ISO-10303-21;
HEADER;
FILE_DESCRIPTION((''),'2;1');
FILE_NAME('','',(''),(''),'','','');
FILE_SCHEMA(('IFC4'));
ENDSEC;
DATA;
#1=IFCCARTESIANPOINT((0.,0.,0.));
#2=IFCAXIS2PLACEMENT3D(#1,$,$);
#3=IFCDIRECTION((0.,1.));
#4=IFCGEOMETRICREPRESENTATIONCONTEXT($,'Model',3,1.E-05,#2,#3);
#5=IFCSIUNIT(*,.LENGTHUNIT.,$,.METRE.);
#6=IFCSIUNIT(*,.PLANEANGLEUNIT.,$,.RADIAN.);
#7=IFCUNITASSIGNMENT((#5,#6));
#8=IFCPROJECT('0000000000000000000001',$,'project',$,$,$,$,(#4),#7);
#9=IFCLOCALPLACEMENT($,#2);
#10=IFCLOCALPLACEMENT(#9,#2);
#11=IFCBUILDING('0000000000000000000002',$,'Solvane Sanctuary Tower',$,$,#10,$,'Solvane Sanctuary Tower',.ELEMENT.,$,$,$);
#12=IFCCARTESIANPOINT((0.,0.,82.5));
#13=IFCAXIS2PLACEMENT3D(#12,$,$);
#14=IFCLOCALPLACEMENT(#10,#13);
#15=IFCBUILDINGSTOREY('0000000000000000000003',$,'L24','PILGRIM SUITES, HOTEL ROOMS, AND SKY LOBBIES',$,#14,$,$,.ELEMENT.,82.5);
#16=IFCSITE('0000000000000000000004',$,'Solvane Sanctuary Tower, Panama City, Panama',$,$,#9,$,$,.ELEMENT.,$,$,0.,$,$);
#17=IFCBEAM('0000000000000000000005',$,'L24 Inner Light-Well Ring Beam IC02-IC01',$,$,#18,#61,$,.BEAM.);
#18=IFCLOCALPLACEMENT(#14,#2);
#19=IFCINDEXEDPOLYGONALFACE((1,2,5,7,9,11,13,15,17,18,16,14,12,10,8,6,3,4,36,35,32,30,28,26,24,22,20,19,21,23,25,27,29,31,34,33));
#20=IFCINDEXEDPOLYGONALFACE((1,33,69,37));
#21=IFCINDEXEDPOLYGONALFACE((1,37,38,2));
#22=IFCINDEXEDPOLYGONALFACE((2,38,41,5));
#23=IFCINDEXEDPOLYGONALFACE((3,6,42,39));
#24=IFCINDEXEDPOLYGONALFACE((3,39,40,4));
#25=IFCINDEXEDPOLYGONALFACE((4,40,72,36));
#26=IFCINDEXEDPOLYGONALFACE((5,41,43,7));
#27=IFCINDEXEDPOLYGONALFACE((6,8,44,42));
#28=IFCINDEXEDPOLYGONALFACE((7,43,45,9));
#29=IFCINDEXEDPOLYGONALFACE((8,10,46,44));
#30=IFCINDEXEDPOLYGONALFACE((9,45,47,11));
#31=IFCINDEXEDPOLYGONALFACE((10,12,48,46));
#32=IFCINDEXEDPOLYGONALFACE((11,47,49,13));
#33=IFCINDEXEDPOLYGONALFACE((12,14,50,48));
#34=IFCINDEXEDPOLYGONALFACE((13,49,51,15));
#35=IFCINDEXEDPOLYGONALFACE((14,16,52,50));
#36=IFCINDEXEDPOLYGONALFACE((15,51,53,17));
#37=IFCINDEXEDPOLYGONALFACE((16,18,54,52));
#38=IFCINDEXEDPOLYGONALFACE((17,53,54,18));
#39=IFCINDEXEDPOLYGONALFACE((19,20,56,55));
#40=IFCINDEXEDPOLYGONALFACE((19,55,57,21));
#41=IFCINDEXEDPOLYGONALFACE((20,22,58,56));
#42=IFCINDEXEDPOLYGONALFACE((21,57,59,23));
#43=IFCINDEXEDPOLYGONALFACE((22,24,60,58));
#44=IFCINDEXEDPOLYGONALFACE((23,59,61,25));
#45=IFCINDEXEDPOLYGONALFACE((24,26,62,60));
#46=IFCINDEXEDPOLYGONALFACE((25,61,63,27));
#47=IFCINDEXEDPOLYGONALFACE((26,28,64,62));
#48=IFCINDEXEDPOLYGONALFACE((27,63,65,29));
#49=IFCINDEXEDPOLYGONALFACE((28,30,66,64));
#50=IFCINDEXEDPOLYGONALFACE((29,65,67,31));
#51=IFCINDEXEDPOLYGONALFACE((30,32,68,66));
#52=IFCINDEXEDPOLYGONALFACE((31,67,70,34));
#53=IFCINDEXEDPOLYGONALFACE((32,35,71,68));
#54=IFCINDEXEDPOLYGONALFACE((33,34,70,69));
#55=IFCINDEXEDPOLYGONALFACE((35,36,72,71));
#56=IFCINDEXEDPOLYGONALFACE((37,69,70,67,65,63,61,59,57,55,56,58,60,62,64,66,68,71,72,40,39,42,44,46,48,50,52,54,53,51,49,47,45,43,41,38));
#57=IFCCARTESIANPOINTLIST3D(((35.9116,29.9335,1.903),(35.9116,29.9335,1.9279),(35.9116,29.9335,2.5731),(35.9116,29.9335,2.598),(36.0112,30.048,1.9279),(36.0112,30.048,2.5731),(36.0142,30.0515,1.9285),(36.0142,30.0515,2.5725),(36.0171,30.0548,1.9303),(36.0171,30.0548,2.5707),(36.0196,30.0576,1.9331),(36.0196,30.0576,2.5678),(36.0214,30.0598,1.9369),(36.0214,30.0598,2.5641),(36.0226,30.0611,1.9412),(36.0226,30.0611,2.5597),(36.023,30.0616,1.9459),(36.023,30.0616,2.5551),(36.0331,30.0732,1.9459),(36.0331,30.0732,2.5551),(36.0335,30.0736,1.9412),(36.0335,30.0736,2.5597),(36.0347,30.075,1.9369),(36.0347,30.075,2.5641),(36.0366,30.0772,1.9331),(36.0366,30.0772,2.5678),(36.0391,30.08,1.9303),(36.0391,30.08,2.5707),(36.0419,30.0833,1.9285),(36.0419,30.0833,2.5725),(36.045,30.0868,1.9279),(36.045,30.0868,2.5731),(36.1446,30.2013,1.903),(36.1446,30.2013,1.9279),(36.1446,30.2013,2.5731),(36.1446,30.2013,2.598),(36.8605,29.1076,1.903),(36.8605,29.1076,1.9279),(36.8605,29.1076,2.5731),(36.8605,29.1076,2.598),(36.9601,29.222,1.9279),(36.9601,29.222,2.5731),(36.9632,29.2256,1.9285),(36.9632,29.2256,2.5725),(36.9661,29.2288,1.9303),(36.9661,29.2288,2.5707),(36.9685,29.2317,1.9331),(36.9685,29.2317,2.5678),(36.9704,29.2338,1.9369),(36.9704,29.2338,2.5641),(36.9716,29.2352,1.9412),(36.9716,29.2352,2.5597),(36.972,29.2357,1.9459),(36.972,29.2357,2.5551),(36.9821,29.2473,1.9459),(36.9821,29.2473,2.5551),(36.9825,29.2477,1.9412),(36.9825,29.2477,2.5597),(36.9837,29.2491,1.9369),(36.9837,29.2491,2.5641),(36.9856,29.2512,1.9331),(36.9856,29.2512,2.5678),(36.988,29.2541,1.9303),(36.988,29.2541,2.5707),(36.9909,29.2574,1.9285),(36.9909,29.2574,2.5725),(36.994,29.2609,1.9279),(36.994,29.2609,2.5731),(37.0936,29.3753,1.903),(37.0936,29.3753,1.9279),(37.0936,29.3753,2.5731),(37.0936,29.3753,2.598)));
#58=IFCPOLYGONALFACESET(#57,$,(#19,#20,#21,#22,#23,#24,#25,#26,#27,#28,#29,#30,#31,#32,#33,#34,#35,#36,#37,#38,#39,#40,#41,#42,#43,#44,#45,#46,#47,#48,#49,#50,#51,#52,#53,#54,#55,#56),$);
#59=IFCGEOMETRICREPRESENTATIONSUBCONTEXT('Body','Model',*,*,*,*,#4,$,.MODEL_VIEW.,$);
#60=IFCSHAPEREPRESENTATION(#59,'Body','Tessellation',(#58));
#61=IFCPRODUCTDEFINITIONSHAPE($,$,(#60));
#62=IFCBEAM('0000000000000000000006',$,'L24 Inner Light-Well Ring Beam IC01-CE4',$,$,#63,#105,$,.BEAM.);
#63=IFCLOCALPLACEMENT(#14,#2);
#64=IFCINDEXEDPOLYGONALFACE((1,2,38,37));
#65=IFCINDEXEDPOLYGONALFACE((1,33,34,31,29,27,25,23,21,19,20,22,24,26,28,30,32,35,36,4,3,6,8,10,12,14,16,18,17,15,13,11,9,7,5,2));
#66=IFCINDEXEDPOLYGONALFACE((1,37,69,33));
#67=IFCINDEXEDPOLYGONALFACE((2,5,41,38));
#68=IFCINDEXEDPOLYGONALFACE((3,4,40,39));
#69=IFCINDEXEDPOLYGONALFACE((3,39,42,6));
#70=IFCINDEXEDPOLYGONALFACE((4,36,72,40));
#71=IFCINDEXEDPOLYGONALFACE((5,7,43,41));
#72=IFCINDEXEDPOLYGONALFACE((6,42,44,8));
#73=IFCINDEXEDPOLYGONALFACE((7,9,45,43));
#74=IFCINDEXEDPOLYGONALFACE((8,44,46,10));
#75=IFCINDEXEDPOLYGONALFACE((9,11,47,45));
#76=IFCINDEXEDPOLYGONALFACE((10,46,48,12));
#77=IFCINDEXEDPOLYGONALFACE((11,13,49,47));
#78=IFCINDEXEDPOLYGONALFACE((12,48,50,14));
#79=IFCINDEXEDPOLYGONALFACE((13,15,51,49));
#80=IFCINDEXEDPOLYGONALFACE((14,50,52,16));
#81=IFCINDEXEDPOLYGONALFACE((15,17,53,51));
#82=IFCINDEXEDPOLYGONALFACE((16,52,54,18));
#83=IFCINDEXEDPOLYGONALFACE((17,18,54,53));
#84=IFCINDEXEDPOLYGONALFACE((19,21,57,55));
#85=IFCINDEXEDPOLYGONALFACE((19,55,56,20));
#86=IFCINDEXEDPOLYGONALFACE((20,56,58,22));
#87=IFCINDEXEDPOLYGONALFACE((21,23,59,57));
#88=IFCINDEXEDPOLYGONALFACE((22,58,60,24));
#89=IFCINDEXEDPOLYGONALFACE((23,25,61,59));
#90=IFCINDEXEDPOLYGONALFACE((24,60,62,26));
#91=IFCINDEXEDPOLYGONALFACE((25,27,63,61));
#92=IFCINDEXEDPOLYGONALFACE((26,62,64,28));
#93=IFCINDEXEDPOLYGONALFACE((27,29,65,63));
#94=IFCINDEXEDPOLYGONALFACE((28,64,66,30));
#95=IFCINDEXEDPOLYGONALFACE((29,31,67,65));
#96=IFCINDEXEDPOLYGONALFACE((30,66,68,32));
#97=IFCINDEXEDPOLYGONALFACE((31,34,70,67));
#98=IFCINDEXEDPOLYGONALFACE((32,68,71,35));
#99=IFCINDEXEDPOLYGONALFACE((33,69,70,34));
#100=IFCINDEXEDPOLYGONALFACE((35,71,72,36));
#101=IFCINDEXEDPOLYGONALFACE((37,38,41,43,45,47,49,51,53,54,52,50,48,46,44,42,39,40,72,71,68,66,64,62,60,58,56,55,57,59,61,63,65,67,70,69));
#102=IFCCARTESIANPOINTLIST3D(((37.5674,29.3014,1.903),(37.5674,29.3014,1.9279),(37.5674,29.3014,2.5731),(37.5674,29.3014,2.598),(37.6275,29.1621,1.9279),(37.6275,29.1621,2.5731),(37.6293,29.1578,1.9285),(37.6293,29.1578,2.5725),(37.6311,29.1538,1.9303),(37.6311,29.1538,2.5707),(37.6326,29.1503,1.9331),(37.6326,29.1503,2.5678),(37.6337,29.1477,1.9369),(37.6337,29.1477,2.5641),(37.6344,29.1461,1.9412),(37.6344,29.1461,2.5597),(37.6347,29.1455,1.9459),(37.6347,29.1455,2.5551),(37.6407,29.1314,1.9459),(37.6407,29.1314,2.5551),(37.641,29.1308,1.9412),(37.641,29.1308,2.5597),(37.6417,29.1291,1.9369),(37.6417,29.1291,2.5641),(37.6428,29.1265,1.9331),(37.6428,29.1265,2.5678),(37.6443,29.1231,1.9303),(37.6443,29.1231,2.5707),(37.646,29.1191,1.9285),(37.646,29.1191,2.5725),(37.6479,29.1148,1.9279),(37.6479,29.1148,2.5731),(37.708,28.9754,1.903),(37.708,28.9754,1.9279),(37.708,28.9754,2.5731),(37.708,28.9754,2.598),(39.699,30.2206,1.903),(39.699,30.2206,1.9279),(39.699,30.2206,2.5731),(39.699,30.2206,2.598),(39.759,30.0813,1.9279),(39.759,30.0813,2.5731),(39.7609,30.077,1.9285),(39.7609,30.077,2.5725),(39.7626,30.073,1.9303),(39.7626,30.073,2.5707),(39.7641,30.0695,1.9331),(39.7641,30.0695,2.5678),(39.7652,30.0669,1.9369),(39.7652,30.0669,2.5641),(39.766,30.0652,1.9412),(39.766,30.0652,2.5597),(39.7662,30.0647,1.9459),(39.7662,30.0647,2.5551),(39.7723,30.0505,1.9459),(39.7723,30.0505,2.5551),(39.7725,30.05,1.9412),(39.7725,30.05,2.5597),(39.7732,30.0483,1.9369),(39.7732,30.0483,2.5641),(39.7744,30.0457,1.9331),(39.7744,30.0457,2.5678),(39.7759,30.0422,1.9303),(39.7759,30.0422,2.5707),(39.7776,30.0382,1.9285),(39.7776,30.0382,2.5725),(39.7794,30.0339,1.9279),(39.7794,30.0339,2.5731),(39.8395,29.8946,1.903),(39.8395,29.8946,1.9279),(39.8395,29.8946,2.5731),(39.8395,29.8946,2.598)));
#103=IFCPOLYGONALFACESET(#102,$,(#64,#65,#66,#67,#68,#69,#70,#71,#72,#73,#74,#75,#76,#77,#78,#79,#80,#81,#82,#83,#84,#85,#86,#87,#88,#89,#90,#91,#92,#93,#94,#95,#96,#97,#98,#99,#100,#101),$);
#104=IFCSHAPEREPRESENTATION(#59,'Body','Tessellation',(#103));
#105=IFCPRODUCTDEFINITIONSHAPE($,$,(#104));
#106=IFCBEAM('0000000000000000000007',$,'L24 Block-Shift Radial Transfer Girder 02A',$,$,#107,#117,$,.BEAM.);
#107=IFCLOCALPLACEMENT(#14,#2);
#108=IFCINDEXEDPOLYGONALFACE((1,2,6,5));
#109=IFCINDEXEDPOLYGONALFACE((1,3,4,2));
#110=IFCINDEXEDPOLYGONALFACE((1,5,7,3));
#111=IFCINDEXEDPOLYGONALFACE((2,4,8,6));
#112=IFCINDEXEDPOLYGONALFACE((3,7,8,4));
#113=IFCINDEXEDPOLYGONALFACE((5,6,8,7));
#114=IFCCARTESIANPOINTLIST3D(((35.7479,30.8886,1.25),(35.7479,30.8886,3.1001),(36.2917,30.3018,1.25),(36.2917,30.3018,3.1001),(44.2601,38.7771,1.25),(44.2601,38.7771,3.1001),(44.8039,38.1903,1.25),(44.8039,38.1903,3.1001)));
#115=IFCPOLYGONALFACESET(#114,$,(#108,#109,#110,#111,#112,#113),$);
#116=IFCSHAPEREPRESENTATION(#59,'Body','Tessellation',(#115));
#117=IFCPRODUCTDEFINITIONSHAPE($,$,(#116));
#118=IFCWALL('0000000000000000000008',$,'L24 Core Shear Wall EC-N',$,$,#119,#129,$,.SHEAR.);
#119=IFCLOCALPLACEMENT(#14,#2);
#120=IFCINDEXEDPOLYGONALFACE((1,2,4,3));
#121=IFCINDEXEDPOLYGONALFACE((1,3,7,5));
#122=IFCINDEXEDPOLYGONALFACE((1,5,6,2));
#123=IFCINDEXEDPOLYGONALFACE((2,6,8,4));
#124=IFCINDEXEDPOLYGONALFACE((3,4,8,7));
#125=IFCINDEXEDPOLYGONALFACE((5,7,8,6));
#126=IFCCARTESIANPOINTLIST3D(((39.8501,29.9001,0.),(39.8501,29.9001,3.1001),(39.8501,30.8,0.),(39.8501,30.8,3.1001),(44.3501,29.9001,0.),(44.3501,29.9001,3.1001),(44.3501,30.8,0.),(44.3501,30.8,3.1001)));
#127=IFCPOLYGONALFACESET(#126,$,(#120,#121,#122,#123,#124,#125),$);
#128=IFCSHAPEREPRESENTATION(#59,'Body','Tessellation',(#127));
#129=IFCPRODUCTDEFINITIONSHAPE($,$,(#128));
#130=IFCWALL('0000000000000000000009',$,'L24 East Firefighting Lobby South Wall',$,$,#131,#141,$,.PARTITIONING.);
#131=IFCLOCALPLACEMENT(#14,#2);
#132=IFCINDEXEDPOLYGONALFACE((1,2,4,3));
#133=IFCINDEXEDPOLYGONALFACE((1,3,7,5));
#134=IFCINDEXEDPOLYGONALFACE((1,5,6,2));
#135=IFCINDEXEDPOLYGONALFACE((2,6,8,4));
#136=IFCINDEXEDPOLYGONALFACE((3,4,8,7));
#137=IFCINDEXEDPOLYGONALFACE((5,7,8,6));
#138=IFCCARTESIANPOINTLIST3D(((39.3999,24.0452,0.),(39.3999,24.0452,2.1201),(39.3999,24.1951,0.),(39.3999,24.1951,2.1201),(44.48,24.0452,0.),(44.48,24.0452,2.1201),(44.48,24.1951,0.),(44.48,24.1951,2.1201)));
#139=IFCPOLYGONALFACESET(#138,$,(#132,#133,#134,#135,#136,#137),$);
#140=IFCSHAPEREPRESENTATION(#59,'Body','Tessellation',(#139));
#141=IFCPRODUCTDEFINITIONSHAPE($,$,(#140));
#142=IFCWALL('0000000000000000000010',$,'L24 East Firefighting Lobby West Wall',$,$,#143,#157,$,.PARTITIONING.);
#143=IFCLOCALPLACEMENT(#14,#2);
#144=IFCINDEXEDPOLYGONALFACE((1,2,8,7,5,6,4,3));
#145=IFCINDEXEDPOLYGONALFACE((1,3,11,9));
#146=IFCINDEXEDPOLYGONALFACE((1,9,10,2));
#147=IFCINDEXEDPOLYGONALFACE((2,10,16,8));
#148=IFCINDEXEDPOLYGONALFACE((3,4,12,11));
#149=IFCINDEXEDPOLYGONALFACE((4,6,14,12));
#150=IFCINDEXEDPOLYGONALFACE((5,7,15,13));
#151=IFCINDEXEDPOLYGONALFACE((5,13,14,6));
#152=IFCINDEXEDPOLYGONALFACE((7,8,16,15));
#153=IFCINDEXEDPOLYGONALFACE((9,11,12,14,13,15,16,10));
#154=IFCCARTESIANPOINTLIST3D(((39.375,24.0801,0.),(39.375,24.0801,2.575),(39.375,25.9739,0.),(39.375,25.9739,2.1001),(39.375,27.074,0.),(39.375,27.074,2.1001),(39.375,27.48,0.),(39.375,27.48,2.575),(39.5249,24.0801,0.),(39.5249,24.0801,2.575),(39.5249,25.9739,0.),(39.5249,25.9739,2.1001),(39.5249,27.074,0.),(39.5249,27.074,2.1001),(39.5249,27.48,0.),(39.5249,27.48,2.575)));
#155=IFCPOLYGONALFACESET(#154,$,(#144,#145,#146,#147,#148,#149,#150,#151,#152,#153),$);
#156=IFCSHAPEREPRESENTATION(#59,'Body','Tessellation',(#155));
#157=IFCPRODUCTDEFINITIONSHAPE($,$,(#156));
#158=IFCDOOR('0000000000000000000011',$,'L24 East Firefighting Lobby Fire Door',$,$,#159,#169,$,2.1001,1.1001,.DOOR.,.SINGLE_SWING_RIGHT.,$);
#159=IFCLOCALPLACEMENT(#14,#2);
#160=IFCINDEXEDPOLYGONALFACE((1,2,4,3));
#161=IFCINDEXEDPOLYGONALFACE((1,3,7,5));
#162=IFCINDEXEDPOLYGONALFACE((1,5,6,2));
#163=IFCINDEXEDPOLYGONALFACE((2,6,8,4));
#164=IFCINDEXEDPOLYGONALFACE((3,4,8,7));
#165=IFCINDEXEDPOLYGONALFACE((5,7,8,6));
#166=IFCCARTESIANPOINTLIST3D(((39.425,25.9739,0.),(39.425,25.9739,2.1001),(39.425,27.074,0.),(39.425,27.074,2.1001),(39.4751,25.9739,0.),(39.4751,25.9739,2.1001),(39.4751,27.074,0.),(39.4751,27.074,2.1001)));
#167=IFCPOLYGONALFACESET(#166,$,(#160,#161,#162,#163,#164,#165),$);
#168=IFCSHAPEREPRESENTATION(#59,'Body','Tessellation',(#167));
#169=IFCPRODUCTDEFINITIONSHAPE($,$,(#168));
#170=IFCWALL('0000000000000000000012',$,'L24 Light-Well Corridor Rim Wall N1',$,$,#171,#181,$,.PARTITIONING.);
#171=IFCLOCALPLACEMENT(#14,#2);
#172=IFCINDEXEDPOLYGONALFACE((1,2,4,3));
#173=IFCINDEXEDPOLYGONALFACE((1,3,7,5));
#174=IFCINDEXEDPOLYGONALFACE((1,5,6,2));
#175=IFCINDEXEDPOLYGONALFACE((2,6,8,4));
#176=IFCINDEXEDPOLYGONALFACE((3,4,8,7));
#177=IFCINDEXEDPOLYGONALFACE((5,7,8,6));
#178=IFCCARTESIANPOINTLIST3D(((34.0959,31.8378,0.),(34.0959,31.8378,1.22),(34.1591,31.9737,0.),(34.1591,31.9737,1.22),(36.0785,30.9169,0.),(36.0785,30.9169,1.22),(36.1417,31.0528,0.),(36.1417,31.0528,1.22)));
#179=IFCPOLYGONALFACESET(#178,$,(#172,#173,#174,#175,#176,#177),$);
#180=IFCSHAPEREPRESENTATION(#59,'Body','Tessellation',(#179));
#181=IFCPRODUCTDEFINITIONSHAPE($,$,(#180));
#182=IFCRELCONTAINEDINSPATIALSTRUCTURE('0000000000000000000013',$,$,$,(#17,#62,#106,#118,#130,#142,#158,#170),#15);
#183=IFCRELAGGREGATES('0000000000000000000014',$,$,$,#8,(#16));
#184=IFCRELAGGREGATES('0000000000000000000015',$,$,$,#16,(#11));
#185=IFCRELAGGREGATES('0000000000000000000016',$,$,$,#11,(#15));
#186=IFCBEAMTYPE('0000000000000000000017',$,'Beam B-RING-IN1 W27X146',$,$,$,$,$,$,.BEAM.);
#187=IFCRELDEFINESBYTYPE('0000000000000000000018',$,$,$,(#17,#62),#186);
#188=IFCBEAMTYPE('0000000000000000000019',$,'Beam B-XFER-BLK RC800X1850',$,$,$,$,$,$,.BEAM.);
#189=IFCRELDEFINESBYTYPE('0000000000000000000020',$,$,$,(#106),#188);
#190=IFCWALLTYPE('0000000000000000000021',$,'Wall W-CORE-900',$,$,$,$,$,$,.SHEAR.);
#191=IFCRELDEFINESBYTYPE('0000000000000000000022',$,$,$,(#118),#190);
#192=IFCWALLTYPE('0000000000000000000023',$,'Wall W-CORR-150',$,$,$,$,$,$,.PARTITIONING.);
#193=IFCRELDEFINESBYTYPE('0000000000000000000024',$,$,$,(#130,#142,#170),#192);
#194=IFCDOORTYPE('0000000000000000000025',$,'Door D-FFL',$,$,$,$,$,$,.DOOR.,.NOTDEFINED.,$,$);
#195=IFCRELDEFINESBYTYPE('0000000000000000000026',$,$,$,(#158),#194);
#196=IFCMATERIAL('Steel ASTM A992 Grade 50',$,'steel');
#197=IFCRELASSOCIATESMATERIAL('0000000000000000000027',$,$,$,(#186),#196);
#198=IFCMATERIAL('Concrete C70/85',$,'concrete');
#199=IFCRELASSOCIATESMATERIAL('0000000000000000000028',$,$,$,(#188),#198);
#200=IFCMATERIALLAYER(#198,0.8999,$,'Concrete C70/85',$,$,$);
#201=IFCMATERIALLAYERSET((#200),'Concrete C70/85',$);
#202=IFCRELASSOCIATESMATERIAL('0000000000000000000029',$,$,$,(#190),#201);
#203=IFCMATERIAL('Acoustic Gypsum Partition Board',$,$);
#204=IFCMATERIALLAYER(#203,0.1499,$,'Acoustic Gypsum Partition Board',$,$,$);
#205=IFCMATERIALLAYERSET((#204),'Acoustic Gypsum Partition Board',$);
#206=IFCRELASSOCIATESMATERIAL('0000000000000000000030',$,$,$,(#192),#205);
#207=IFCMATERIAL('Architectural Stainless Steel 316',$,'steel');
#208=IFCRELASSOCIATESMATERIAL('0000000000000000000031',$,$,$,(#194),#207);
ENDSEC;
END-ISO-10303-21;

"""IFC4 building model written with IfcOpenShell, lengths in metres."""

from ifc_helpers import new_model, si_unit, direction, frame, frame_2d, origin, origin_2d, place, context, subcontext, project, spatial, rectangle, i_section, extrude, material, layer, layer_set, material_profile, profile_set, type_object, element, fill, save


model = new_model("IFC4")

# Units and contexts
model_context = context("Model", 3, precision=1e-05, world=origin(), true_north=direction((0.0, 1.0)))
body_context = subcontext(model_context, "Body", "Model", "MODEL_VIEW")
ifc_project = project(units=[si_unit("LENGTHUNIT", "METRE"), si_unit("PLANEANGLEUNIT", "RADIAN")], contexts=[model_context])

# Site, building, storey
site_placement = place(None, origin())
site = spatial("IfcSite", under=ifc_project, at=site_placement, Name="Solvane Sanctuary Tower, Panama City, Panama", CompositionType="ELEMENT", RefElevation=0.0)
building_placement = place(site_placement, origin())
building = spatial("IfcBuilding", under=site, at=building_placement, Name="Solvane Sanctuary Tower", LongName="Solvane Sanctuary Tower", CompositionType="ELEMENT")
storey_placement = place(building_placement, frame((0.0, 0.0, 82.5)))
storey = spatial("IfcBuildingStorey", under=building, at=storey_placement, Name="L24", Description="PILGRIM SUITES, HOTEL ROOMS, AND SKY LOBBIES", CompositionType="ELEMENT", Elevation=82.5)

# Shared definitions
ifc_material_1 = material(Name="Concrete C70/85", Category="concrete")

# Beams
ifc_material_2 = material(Name="Steel ASTM A992 Grade 50", Category="steel")
ifc_material_profile_1 = material_profile(ifc_material_2, i_section(OverallWidth=0.355, OverallDepth=0.6951, WebThickness=0.0154, FlangeThickness=0.0249, FilletRadius=0.0181, at=origin_2d()), Name="W27X146")
ifc_profile_set_1 = profile_set([ifc_material_profile_1], Name="Steel ASTM A992 Grade 50")
beam_type_1 = type_object("IfcBeamType", Name="Beam B-RING-IN1 W27X146", PredefinedType="BEAM", material=ifc_profile_set_1)
beam_1_placement = place(storey_placement, frame((36.0281, 30.0674, 2.2505), z_axis=(0.754317, -0.65651, 0.0), x_axis=(0.65651, 0.754317, 0.0)))
element("IfcBeam", 1, at=beam_1_placement, inside=storey, type_object=beam_type_1, Name="L24 Inner Light-Well Ring Beam IC02-IC01", PredefinedType="BEAM", context=body_context, shape_type="SweptSolid", body=[
    extrude(i_section(OverallWidth=0.355, OverallDepth=0.6951, WebThickness=0.0154, FlangeThickness=0.0249, FilletRadius=0.0181, at=origin_2d()), origin(), (0.0, 0.0, 1.0), 1.2581),
])
beam_2_placement = place(storey_placement, frame((37.6377, 29.1384, 2.2505), z_axis=(0.918261, 0.395975, 0.0), x_axis=(-0.395975, 0.918261, 0.0)))
element("IfcBeam", 2, at=beam_2_placement, inside=storey, type_object=beam_type_1, Name="L24 Inner Light-Well Ring Beam IC01-CE4", PredefinedType="BEAM", context=body_context, shape_type="SweptSolid", body=[
    extrude(i_section(OverallWidth=0.355, OverallDepth=0.6951, WebThickness=0.0154, FlangeThickness=0.0249, FilletRadius=0.0181, at=origin_2d()), origin(), (0.0, 0.0, 1.0), 2.3213),
])
ifc_material_profile_2 = material_profile(ifc_material_1, rectangle(XDim=0.8, YDim=1.8501, at=origin_2d()), Name="RC800X1850")
ifc_profile_set_2 = profile_set([ifc_material_profile_2], Name="Concrete C70/85")
beam_type_2 = type_object("IfcBeamType", Name="Beam B-XFER-BLK RC800X1850", PredefinedType="BEAM", material=ifc_profile_set_2)
beam_3_placement = place(storey_placement, frame((36.0198, 30.5952, 2.175), z_axis=(0.73347, 0.679721, 0.0), x_axis=(-0.679721, 0.73347, 0.0)))
element("IfcBeam", 3, at=beam_3_placement, inside=storey, type_object=beam_type_2, Name="L24 Block-Shift Radial Transfer Girder 02A", PredefinedType="BEAM", context=body_context, shape_type="SweptSolid", body=[
    extrude(rectangle(XDim=0.8, YDim=1.8501, at=origin_2d()), origin(), (0.0, 0.0, 1.0), 11.6055),
])

# Walls
ifc_layer_1 = layer(ifc_material_1, 0.8999, Name="Concrete C70/85")
ifc_layer_set_1 = layer_set([ifc_layer_1], Name="Concrete C70/85")
wall_type_1 = type_object("IfcWallType", Name="Wall W-CORE-900", PredefinedType="SHEAR", material=ifc_layer_set_1)
wall_1_placement = place(storey_placement, frame((39.8501, 30.3501, 0.0), z_axis=(0.0, 0.0, 1.0), x_axis=(1.0, 0.0, 0.0)))
element("IfcWall", 4, at=wall_1_placement, inside=storey, type_object=wall_type_1, Name="L24 Core Shear Wall EC-N", PredefinedType="SHEAR", context=body_context, shape_type="SweptSolid", body=[
    extrude(rectangle(XDim=4.5, YDim=0.8999, at=frame_2d((2.25, 0.0))), origin(), (0.0, 0.0, 1.0), 3.1001),
])
ifc_material_3 = material(Name="Acoustic Gypsum Partition Board")
ifc_layer_2 = layer(ifc_material_3, 0.1499, Name="Acoustic Gypsum Partition Board")
ifc_layer_set_2 = layer_set([ifc_layer_2], Name="Acoustic Gypsum Partition Board")
wall_type_2 = type_object("IfcWallType", Name="Wall W-CORR-150", PredefinedType="PARTITIONING", material=ifc_layer_set_2)
wall_2_placement = place(storey_placement, frame((39.3999, 24.1201, 0.0), z_axis=(0.0, 0.0, 1.0), x_axis=(1.0, 0.0, 0.0)))
element("IfcWall", 5, at=wall_2_placement, inside=storey, type_object=wall_type_2, Name="L24 East Firefighting Lobby South Wall", PredefinedType="PARTITIONING", context=body_context, shape_type="SweptSolid", body=[
    extrude(rectangle(XDim=5.0801, YDim=0.1499, at=frame_2d((2.54, 0.0))), origin(), (0.0, 0.0, 1.0), 2.1201),
])

# Wall, opening, door
wall_3_placement = place(storey_placement, frame((39.45, 24.0801, 0.0), z_axis=(0.0, 0.0, 1.0), x_axis=(0.0, 1.0, 0.0)))
wall_3 = element("IfcWall", 6, at=wall_3_placement, inside=storey, type_object=wall_type_2, Name="L24 East Firefighting Lobby West Wall", PredefinedType="PARTITIONING", context=body_context, shape_type="SweptSolid", body=[
    extrude(rectangle(XDim=3.3999, YDim=0.1499, at=frame_2d((1.7, 0.0))), origin(), (0.0, 0.0, 1.0), 2.575),
])
opening_placement = place(wall_3_placement, frame((1.8938, 0.0, 0.0)))
opening = element("IfcOpeningElement", 7, at=opening_placement, cuts=wall_3, PredefinedType="OPENING", context=body_context, shape_type="SweptSolid", body=[
    extrude(rectangle(XDim=1.1001, YDim=2.1001, at=frame_2d((0.55, 1.05))), frame((0.0, 0.085, 0.0), z_axis=(0.0, -1.0, 0.0), x_axis=(1.0, 0.0, 0.0)), (0.0, 0.0, 1.0), 0.1699),
])
ifc_material_4 = material(Name="Architectural Stainless Steel 316", Category="steel")
door_type = type_object("IfcDoorType", Name="Door D-FFL", OperationType="NOTDEFINED", PredefinedType="DOOR", material=ifc_material_4)
door_placement = place(opening_placement, origin())
door = element("IfcDoor", 8, at=door_placement, inside=storey, type_object=door_type, Name="L24 East Firefighting Lobby Fire Door", OperationType="SINGLE_SWING_RIGHT", OverallHeight=2.1001, OverallWidth=1.1001, PredefinedType="DOOR", context=body_context, shape_type="SweptSolid", body=[
    extrude(rectangle(XDim=1.1001, YDim=2.1001, at=frame_2d((0.55, 1.05))), frame((0.0, 0.0249, 0.0), z_axis=(0.0, -1.0, 0.0), x_axis=(1.0, 0.0, 0.0)), (0.0, 0.0, 1.0), 0.05),
])
fill(opening, door)

# Wall
wall_4_placement = place(storey_placement, frame((36.1101, 30.9849, 0.0), z_axis=(0.0, 0.0, 1.0), x_axis=(-0.906943, 0.421252, 0.0)))
element("IfcWall", 9, at=wall_4_placement, inside=storey, type_object=wall_type_2, Name="L24 Light-Well Corridor Rim Wall N1", PredefinedType="PARTITIONING", context=body_context, shape_type="SweptSolid", body=[
    extrude(rectangle(XDim=2.186, YDim=0.1499, at=frame_2d((1.093, 0.0))), origin(), (0.0, 0.0, 1.0), 1.22),
])

save(model, "model.ifc")
